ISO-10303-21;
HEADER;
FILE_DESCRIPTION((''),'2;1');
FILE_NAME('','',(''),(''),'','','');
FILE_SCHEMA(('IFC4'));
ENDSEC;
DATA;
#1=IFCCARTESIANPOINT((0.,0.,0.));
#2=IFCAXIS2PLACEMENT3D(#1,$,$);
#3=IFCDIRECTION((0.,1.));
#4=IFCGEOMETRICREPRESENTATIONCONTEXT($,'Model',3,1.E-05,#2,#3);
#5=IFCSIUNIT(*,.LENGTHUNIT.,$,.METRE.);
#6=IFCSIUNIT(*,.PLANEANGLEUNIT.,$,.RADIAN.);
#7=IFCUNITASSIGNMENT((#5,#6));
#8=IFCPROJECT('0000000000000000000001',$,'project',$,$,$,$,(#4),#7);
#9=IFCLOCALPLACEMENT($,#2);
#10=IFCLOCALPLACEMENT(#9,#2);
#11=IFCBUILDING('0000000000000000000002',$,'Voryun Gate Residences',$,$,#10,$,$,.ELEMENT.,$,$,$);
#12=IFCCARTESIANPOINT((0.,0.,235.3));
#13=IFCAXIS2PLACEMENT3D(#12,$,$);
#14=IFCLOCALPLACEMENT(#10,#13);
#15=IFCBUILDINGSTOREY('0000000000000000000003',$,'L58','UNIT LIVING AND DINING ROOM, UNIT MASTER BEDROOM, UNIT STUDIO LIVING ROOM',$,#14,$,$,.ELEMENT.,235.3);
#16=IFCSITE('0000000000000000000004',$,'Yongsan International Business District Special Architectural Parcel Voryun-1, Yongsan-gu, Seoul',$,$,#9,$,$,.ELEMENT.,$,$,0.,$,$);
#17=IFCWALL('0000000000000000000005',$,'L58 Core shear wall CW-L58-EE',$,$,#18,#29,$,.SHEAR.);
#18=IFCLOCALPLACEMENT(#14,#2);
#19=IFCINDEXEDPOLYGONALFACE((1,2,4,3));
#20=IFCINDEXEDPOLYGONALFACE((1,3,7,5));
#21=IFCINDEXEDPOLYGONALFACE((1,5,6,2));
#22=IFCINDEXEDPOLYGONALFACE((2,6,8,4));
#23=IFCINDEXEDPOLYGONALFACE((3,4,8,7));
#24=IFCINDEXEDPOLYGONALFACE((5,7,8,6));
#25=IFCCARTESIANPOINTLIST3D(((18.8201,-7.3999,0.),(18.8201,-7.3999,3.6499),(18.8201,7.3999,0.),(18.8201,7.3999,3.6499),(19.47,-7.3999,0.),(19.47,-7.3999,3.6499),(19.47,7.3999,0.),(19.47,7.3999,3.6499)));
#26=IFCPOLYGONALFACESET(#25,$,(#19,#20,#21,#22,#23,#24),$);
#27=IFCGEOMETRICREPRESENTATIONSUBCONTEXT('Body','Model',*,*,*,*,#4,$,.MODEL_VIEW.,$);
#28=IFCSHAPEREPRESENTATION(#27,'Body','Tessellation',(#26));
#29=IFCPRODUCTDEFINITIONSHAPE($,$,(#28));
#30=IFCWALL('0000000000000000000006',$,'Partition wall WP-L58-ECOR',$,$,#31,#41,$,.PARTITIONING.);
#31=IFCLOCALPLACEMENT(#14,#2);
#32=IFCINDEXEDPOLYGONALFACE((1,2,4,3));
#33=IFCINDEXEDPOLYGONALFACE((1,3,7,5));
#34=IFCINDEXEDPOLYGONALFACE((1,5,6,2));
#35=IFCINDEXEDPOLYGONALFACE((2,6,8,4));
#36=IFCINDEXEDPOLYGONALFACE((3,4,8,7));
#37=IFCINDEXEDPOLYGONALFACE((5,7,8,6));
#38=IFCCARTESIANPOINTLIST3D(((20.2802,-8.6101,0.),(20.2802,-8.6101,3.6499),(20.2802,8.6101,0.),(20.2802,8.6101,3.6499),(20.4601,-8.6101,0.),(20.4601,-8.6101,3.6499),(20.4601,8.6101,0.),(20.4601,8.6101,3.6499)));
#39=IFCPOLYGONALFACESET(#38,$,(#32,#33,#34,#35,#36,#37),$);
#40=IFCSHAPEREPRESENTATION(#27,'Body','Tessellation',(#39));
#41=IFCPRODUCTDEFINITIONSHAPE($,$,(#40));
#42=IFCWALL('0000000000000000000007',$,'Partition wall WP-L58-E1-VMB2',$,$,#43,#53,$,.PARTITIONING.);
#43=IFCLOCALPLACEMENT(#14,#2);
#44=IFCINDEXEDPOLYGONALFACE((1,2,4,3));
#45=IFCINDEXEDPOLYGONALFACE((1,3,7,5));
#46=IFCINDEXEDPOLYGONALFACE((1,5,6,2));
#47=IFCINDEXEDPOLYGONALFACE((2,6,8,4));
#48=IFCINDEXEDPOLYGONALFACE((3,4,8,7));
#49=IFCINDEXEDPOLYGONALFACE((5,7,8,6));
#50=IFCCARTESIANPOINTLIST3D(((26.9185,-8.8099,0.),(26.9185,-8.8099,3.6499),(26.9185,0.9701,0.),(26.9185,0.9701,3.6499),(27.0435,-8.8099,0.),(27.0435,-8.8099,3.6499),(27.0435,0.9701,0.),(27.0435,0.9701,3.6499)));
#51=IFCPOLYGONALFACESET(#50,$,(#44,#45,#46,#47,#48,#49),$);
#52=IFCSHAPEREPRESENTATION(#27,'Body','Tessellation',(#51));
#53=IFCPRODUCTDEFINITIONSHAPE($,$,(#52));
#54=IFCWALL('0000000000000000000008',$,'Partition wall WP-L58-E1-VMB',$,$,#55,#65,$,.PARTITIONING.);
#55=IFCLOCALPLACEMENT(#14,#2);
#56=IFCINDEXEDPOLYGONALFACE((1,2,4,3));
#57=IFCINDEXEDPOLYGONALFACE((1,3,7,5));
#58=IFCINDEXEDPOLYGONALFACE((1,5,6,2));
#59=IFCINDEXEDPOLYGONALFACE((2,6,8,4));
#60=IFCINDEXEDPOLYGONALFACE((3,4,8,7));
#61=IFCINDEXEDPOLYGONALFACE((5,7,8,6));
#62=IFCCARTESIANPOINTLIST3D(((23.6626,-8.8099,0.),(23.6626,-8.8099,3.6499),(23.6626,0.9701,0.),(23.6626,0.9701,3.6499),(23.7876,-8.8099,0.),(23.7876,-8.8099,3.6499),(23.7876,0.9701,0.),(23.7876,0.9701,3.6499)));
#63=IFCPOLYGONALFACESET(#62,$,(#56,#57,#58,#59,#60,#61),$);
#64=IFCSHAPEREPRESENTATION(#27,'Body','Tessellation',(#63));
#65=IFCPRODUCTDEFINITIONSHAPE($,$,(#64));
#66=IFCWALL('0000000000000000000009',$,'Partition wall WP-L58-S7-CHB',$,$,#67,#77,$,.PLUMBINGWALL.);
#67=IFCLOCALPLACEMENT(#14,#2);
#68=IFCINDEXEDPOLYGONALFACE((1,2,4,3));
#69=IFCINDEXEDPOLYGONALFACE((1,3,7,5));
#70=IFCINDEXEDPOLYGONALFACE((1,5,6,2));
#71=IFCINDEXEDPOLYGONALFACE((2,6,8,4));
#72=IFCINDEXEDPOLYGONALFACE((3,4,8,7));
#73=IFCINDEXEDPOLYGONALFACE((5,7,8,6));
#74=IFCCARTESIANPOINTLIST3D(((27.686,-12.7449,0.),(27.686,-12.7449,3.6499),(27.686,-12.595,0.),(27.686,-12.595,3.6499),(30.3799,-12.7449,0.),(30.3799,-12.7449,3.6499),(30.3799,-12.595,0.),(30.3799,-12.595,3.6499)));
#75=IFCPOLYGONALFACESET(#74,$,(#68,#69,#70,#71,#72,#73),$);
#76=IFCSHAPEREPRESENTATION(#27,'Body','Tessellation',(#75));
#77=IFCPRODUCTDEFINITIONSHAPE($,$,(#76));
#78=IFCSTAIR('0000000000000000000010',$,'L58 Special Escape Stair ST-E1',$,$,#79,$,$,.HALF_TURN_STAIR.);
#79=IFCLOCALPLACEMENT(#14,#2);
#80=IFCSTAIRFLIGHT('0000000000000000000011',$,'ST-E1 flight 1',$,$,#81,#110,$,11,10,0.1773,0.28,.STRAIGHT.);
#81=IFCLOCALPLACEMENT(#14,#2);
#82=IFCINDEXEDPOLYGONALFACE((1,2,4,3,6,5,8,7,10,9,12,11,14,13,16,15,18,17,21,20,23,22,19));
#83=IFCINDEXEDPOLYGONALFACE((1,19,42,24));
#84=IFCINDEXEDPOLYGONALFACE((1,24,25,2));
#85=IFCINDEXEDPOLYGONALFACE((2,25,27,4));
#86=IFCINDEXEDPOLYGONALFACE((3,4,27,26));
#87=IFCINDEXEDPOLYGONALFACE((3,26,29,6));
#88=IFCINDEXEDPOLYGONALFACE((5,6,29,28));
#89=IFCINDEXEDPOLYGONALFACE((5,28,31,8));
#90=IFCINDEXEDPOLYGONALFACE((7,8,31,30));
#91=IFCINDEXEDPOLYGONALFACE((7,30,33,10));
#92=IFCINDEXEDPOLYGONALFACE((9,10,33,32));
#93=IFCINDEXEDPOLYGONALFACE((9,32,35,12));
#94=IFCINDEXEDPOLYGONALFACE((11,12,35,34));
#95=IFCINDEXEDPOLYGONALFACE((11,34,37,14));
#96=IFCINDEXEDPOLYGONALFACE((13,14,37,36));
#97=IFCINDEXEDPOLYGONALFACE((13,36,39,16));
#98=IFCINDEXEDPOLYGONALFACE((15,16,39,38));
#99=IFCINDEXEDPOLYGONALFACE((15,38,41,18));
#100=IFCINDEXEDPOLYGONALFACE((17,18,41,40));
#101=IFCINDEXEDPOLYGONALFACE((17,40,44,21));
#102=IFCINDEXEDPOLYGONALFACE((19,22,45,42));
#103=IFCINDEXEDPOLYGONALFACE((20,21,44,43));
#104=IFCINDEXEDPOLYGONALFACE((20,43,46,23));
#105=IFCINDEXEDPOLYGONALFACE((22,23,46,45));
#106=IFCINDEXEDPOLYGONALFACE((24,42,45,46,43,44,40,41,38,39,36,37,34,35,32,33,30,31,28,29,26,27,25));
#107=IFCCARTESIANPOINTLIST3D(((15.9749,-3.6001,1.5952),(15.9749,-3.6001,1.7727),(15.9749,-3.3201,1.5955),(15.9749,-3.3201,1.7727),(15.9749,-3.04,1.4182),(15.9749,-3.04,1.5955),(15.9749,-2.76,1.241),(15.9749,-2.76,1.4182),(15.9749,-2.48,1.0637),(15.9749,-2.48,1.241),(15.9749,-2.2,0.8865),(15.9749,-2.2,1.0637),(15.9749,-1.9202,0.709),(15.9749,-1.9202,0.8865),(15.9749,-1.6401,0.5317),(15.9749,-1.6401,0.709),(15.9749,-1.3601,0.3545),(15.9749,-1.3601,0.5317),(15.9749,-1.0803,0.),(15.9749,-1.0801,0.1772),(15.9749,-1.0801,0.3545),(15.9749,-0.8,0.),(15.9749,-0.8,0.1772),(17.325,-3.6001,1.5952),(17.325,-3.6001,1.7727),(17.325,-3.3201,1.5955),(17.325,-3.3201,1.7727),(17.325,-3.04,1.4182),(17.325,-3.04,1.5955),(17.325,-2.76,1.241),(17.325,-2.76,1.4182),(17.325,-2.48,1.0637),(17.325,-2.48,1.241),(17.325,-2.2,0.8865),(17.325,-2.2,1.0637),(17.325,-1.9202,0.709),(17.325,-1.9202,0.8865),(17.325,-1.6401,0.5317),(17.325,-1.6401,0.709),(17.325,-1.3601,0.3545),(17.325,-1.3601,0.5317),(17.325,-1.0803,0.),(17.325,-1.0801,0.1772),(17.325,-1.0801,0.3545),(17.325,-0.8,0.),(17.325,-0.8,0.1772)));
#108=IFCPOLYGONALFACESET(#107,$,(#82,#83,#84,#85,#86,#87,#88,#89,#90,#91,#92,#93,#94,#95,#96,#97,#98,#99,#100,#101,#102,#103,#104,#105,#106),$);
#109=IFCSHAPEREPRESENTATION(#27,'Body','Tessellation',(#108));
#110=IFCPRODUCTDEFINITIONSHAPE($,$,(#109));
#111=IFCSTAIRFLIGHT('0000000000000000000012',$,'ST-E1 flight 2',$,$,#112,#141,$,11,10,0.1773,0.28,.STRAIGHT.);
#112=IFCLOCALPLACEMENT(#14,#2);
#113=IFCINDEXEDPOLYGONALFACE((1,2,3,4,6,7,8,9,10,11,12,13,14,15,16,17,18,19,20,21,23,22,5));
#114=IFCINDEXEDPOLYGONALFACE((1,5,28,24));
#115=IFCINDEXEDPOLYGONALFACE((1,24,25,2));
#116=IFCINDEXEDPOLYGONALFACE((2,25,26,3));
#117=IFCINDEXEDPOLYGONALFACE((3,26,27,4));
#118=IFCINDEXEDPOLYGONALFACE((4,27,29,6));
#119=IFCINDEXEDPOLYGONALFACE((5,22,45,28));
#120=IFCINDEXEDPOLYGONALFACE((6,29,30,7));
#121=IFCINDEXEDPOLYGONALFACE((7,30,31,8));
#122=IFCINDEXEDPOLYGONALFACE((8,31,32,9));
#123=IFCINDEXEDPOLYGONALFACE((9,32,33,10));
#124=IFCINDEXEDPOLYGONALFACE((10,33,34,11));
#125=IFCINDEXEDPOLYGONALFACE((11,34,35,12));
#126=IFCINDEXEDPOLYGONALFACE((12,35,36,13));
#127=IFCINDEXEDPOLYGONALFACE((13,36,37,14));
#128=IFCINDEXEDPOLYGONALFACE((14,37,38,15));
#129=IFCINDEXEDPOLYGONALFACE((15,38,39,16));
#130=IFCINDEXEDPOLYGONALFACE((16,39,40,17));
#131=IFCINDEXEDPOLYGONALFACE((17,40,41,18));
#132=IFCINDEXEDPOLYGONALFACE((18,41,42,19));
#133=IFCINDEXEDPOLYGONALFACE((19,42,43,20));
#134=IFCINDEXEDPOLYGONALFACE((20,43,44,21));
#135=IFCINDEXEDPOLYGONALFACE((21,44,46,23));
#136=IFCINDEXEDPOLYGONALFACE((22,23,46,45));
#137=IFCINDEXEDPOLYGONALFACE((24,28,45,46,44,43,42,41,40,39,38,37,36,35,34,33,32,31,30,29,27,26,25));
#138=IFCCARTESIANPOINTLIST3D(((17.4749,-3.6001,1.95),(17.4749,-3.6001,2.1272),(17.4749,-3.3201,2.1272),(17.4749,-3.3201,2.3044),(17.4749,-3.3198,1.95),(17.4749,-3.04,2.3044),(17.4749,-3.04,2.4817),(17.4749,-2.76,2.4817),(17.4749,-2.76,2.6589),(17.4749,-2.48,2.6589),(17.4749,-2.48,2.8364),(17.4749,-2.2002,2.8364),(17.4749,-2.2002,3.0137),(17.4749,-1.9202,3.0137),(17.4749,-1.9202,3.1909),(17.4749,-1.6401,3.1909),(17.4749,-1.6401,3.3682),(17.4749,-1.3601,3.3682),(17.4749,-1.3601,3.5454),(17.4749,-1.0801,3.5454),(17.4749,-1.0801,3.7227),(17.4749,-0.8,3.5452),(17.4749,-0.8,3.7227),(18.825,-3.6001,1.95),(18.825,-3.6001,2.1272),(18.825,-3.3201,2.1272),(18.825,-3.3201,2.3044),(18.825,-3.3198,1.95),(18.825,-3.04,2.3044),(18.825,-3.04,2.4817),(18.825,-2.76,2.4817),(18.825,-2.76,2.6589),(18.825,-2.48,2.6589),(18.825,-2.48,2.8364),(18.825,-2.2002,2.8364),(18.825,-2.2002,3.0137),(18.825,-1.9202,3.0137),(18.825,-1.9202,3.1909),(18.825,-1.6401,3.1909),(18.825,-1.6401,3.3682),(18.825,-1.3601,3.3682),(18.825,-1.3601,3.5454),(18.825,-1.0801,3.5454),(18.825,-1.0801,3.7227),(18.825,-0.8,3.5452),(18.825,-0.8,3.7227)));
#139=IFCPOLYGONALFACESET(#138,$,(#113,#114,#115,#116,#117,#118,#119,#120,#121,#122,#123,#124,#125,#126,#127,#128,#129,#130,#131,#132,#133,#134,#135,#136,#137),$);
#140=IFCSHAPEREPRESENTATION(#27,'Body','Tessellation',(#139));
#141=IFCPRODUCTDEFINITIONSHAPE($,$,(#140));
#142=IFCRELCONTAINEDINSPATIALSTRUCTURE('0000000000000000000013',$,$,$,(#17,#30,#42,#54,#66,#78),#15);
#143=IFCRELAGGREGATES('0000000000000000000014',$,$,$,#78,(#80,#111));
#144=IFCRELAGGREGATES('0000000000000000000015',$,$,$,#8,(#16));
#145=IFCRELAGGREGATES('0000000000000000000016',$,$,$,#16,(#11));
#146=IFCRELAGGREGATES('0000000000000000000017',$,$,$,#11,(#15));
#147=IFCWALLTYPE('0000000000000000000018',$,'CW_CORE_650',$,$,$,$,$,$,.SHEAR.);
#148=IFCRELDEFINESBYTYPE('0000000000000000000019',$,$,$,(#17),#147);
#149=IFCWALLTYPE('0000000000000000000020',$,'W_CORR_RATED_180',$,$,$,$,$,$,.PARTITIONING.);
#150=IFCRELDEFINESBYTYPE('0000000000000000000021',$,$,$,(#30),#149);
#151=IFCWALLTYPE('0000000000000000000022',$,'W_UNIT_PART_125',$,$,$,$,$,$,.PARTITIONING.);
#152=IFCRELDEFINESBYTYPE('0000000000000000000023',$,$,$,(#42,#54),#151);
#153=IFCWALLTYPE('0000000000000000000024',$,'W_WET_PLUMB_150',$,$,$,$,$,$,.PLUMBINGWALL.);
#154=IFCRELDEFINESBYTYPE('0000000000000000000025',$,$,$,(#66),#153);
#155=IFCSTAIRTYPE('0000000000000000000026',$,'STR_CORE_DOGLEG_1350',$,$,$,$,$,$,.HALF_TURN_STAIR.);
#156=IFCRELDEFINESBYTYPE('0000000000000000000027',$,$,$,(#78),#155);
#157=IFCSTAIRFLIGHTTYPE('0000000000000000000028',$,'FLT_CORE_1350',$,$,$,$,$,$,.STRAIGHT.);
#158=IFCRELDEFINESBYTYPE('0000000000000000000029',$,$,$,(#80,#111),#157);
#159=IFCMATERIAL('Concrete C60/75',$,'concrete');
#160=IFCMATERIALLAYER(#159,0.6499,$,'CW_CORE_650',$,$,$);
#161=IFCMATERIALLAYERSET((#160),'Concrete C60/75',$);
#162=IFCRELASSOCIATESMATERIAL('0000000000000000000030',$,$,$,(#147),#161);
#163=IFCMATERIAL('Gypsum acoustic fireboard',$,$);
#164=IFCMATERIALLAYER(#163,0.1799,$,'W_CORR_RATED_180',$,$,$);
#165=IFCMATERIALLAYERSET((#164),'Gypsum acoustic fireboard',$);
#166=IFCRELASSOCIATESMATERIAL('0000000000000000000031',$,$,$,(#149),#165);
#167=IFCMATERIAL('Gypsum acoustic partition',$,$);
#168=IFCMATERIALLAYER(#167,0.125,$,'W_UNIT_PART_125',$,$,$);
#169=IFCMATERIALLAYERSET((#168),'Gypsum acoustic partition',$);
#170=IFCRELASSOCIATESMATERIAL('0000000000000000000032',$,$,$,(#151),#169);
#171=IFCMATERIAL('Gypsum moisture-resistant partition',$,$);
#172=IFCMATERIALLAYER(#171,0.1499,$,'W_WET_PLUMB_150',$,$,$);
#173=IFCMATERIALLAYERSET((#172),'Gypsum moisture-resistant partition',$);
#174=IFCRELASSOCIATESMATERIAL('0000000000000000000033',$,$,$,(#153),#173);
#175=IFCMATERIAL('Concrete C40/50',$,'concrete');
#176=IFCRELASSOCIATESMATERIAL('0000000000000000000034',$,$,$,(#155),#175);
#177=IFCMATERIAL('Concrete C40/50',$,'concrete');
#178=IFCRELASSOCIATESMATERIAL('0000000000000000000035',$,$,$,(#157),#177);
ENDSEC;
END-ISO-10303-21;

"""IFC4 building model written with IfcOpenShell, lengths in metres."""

from ifc_helpers import new_model, si_unit, direction, frame, frame_2d, origin, place, context, subcontext, project, spatial, polyline, rectangle, outline, extrude, material, layer, layer_set, type_object, element, aggregate, save


model = new_model("IFC4")

# Units and contexts
model_context = context("Model", 3, precision=1e-05, world=origin(), true_north=direction((0.0, 1.0)))
body_context = subcontext(model_context, "Body", "Model", "MODEL_VIEW")
ifc_project = project(units=[si_unit("LENGTHUNIT", "METRE"), si_unit("PLANEANGLEUNIT", "RADIAN")], contexts=[model_context])

# Site, building, storey
site_placement = place(None, origin())
site = spatial("IfcSite", under=ifc_project, at=site_placement, Name="Yongsan International Business District Special Architectural Parcel Voryun-1, Yongsan-gu, Seoul", CompositionType="ELEMENT", RefElevation=0.0)
building_placement = place(site_placement, origin())
building = spatial("IfcBuilding", under=site, at=building_placement, Name="Voryun Gate Residences", CompositionType="ELEMENT")
storey_placement = place(building_placement, frame((0.0, 0.0, 235.3)))
storey = spatial("IfcBuildingStorey", under=building, at=storey_placement, Name="L58", Description="UNIT LIVING AND DINING ROOM, UNIT MASTER BEDROOM, UNIT STUDIO LIVING ROOM", CompositionType="ELEMENT", Elevation=235.3)

# Walls
ifc_material_1 = material(Name="Concrete C60/75", Category="concrete")
ifc_layer_1 = layer(ifc_material_1, 0.6499, Name="CW_CORE_650")
ifc_layer_set_1 = layer_set([ifc_layer_1], Name="Concrete C60/75")
wall_type_1 = type_object("IfcWallType", Name="CW_CORE_650", PredefinedType="SHEAR", material=ifc_layer_set_1)
wall_1_placement = place(storey_placement, frame((19.145, -7.3999, 0.0), z_axis=(0.0, 0.0, 1.0), x_axis=(0.0, 1.0, 0.0)))
element("IfcWall", 1, at=wall_1_placement, inside=storey, type_object=wall_type_1, Name="L58 Core shear wall CW-L58-EE", PredefinedType="SHEAR", context=body_context, shape_type="SweptSolid", body=[
    extrude(rectangle(XDim=14.7998, YDim=0.6499, at=frame_2d((7.3999, 0.0))), origin(), (0.0, 0.0, 1.0), 3.6499),
])
ifc_material_2 = material(Name="Gypsum acoustic fireboard")
ifc_layer_2 = layer(ifc_material_2, 0.1799, Name="W_CORR_RATED_180")
ifc_layer_set_2 = layer_set([ifc_layer_2], Name="Gypsum acoustic fireboard")
wall_type_2 = type_object("IfcWallType", Name="W_CORR_RATED_180", PredefinedType="PARTITIONING", material=ifc_layer_set_2)
wall_2_placement = place(storey_placement, frame((20.3701, -8.6101, 0.0), z_axis=(0.0, 0.0, 1.0), x_axis=(0.0, 1.0, 0.0)))
element("IfcWall", 2, at=wall_2_placement, inside=storey, type_object=wall_type_2, Name="Partition wall WP-L58-ECOR", PredefinedType="PARTITIONING", context=body_context, shape_type="SweptSolid", body=[
    extrude(rectangle(XDim=17.2202, YDim=0.1799, at=frame_2d((8.6101, 0.0))), origin(), (0.0, 0.0, 1.0), 3.6499),
])
ifc_material_3 = material(Name="Gypsum acoustic partition")
ifc_layer_3 = layer(ifc_material_3, 0.125, Name="W_UNIT_PART_125")
ifc_layer_set_3 = layer_set([ifc_layer_3], Name="Gypsum acoustic partition")
wall_type_3 = type_object("IfcWallType", Name="W_UNIT_PART_125", PredefinedType="PARTITIONING", material=ifc_layer_set_3)
for number, where, z_axis, x_axis, name in (
    (3, (26.981, -8.8101, 0.0), (0.0, 0.0, 1.0), (0.0, 1.0, 0.0), "Partition wall WP-L58-E1-VMB2"),
    (4, (23.7251, -8.8101, 0.0), (0.0, 0.0, 1.0), (0.0, 1.0, 0.0), "Partition wall WP-L58-E1-VMB"),
):
    element("IfcWall", number, at=place(storey_placement, frame(where, z_axis=z_axis, x_axis=x_axis)), inside=storey, type_object=wall_type_3, Name=name, PredefinedType="PARTITIONING", context=body_context, shape_type="SweptSolid", body=[
        extrude(rectangle(XDim=9.78, YDim=0.125, at=frame_2d((4.8901, 0.0))), origin(), (0.0, 0.0, 1.0), 3.6499),
    ])
ifc_material_4 = material(Name="Gypsum moisture-resistant partition")
ifc_layer_4 = layer(ifc_material_4, 0.1499, Name="W_WET_PLUMB_150")
ifc_layer_set_4 = layer_set([ifc_layer_4], Name="Gypsum moisture-resistant partition")
wall_type_4 = type_object("IfcWallType", Name="W_WET_PLUMB_150", PredefinedType="PLUMBINGWALL", material=ifc_layer_set_4)
wall_3_placement = place(storey_placement, frame((27.686, -12.6699, 0.0), z_axis=(0.0, 0.0, 1.0), x_axis=(1.0, 0.0, 0.0)))
element("IfcWall", 5, at=wall_3_placement, inside=storey, type_object=wall_type_4, Name="Partition wall WP-L58-S7-CHB", PredefinedType="PLUMBINGWALL", context=body_context, shape_type="SweptSolid", body=[
    extrude(rectangle(XDim=2.6938, YDim=0.1499, at=frame_2d((1.3469, 0.0))), origin(), (0.0, 0.0, 1.0), 3.6499),
])

# Stair, stair flights
ifc_material_5 = material(Name="Concrete C40/50", Category="concrete")
stair_type = type_object("IfcStairType", Name="STR_CORE_DOGLEG_1350", PredefinedType="HALF_TURN_STAIR", material=ifc_material_5)
stair_placement = place(storey_placement, origin())
stair = element("IfcStair", 6, at=stair_placement, inside=storey, type_object=stair_type, Name="L58 Special Escape Stair ST-E1", PredefinedType="HALF_TURN_STAIR")
ifc_material_6 = material(Name="Concrete C40/50", Category="concrete")
stair_flight_type = type_object("IfcStairFlightType", Name="FLT_CORE_1350", PredefinedType="STRAIGHT", material=ifc_material_6)
stair_flight_1_placement = place(storey_placement, frame((16.6499, -0.8, 0.0), z_axis=(0.0, 0.0, 1.0), x_axis=(0.0, -1.0, 0.0)))
stair_flight_1 = element("IfcStairFlight", 7, at=stair_flight_1_placement, type_object=stair_flight_type, Name="ST-E1 flight 1", NumberOfRisers=11, NumberOfTreads=10, PredefinedType="STRAIGHT", RiserHeight=0.1773, TreadLength=0.28, context=body_context, shape_type="SweptSolid", body=[
    extrude(outline(polyline([(0.0, 0.0), (0.0, 0.1772), (0.28, 0.1772), (0.28, 0.3545), (0.5601, 0.3545), (0.5601, 0.5317), (0.8401, 0.5317), (0.8401, 0.709), (1.1201, 0.709), (1.1201, 0.8865), (1.3999, 0.8865), (1.3999, 1.0637), (1.6799, 1.0637), (1.6799, 1.241), (1.96, 1.241), (1.96, 1.4182), (2.24, 1.4182), (2.24, 1.5955), (2.52, 1.5955), (2.52, 1.7727), (2.8, 1.7727), (2.8, 1.95), (2.8, 1.5952), (0.2803, 0.0), (0.0, 0.0)])), frame((0.0, 0.675, 0.0), z_axis=(0.0, -1.0, 0.0), x_axis=(1.0, 0.0, 0.0)), (0.0, 0.0, 1.0), 1.3501),
])
stair_flight_2_placement = place(storey_placement, frame((18.1499, -3.6001, 1.95), z_axis=(0.0, 0.0, 1.0), x_axis=(0.0, 1.0, 0.0)))
stair_flight_2 = element("IfcStairFlight", 8, at=stair_flight_2_placement, type_object=stair_flight_type, Name="ST-E1 flight 2", NumberOfRisers=11, NumberOfTreads=10, PredefinedType="STRAIGHT", RiserHeight=0.1773, TreadLength=0.28, context=body_context, shape_type="SweptSolid", body=[
    extrude(outline(polyline([(0.0, 0.0), (0.0, 0.1772), (0.28, 0.1772), (0.28, 0.3545), (0.5601, 0.3545), (0.5601, 0.5317), (0.8401, 0.5317), (0.8401, 0.709), (1.1201, 0.709), (1.1201, 0.8865), (1.3999, 0.8865), (1.3999, 1.0637), (1.6799, 1.0637), (1.6799, 1.241), (1.96, 1.241), (1.96, 1.4182), (2.24, 1.4182), (2.24, 1.5955), (2.52, 1.5955), (2.52, 1.7727), (2.8, 1.7727), (2.8, 1.95), (2.8, 1.5952), (0.2803, 0.0), (0.0, 0.0)])), frame((0.0, 0.675, 0.0), z_axis=(0.0, -1.0, 0.0), x_axis=(1.0, 0.0, 0.0)), (0.0, 0.0, 1.0), 1.3501),
])
aggregate(stair, [stair_flight_1, stair_flight_2])

save(model, "model.ifc")
